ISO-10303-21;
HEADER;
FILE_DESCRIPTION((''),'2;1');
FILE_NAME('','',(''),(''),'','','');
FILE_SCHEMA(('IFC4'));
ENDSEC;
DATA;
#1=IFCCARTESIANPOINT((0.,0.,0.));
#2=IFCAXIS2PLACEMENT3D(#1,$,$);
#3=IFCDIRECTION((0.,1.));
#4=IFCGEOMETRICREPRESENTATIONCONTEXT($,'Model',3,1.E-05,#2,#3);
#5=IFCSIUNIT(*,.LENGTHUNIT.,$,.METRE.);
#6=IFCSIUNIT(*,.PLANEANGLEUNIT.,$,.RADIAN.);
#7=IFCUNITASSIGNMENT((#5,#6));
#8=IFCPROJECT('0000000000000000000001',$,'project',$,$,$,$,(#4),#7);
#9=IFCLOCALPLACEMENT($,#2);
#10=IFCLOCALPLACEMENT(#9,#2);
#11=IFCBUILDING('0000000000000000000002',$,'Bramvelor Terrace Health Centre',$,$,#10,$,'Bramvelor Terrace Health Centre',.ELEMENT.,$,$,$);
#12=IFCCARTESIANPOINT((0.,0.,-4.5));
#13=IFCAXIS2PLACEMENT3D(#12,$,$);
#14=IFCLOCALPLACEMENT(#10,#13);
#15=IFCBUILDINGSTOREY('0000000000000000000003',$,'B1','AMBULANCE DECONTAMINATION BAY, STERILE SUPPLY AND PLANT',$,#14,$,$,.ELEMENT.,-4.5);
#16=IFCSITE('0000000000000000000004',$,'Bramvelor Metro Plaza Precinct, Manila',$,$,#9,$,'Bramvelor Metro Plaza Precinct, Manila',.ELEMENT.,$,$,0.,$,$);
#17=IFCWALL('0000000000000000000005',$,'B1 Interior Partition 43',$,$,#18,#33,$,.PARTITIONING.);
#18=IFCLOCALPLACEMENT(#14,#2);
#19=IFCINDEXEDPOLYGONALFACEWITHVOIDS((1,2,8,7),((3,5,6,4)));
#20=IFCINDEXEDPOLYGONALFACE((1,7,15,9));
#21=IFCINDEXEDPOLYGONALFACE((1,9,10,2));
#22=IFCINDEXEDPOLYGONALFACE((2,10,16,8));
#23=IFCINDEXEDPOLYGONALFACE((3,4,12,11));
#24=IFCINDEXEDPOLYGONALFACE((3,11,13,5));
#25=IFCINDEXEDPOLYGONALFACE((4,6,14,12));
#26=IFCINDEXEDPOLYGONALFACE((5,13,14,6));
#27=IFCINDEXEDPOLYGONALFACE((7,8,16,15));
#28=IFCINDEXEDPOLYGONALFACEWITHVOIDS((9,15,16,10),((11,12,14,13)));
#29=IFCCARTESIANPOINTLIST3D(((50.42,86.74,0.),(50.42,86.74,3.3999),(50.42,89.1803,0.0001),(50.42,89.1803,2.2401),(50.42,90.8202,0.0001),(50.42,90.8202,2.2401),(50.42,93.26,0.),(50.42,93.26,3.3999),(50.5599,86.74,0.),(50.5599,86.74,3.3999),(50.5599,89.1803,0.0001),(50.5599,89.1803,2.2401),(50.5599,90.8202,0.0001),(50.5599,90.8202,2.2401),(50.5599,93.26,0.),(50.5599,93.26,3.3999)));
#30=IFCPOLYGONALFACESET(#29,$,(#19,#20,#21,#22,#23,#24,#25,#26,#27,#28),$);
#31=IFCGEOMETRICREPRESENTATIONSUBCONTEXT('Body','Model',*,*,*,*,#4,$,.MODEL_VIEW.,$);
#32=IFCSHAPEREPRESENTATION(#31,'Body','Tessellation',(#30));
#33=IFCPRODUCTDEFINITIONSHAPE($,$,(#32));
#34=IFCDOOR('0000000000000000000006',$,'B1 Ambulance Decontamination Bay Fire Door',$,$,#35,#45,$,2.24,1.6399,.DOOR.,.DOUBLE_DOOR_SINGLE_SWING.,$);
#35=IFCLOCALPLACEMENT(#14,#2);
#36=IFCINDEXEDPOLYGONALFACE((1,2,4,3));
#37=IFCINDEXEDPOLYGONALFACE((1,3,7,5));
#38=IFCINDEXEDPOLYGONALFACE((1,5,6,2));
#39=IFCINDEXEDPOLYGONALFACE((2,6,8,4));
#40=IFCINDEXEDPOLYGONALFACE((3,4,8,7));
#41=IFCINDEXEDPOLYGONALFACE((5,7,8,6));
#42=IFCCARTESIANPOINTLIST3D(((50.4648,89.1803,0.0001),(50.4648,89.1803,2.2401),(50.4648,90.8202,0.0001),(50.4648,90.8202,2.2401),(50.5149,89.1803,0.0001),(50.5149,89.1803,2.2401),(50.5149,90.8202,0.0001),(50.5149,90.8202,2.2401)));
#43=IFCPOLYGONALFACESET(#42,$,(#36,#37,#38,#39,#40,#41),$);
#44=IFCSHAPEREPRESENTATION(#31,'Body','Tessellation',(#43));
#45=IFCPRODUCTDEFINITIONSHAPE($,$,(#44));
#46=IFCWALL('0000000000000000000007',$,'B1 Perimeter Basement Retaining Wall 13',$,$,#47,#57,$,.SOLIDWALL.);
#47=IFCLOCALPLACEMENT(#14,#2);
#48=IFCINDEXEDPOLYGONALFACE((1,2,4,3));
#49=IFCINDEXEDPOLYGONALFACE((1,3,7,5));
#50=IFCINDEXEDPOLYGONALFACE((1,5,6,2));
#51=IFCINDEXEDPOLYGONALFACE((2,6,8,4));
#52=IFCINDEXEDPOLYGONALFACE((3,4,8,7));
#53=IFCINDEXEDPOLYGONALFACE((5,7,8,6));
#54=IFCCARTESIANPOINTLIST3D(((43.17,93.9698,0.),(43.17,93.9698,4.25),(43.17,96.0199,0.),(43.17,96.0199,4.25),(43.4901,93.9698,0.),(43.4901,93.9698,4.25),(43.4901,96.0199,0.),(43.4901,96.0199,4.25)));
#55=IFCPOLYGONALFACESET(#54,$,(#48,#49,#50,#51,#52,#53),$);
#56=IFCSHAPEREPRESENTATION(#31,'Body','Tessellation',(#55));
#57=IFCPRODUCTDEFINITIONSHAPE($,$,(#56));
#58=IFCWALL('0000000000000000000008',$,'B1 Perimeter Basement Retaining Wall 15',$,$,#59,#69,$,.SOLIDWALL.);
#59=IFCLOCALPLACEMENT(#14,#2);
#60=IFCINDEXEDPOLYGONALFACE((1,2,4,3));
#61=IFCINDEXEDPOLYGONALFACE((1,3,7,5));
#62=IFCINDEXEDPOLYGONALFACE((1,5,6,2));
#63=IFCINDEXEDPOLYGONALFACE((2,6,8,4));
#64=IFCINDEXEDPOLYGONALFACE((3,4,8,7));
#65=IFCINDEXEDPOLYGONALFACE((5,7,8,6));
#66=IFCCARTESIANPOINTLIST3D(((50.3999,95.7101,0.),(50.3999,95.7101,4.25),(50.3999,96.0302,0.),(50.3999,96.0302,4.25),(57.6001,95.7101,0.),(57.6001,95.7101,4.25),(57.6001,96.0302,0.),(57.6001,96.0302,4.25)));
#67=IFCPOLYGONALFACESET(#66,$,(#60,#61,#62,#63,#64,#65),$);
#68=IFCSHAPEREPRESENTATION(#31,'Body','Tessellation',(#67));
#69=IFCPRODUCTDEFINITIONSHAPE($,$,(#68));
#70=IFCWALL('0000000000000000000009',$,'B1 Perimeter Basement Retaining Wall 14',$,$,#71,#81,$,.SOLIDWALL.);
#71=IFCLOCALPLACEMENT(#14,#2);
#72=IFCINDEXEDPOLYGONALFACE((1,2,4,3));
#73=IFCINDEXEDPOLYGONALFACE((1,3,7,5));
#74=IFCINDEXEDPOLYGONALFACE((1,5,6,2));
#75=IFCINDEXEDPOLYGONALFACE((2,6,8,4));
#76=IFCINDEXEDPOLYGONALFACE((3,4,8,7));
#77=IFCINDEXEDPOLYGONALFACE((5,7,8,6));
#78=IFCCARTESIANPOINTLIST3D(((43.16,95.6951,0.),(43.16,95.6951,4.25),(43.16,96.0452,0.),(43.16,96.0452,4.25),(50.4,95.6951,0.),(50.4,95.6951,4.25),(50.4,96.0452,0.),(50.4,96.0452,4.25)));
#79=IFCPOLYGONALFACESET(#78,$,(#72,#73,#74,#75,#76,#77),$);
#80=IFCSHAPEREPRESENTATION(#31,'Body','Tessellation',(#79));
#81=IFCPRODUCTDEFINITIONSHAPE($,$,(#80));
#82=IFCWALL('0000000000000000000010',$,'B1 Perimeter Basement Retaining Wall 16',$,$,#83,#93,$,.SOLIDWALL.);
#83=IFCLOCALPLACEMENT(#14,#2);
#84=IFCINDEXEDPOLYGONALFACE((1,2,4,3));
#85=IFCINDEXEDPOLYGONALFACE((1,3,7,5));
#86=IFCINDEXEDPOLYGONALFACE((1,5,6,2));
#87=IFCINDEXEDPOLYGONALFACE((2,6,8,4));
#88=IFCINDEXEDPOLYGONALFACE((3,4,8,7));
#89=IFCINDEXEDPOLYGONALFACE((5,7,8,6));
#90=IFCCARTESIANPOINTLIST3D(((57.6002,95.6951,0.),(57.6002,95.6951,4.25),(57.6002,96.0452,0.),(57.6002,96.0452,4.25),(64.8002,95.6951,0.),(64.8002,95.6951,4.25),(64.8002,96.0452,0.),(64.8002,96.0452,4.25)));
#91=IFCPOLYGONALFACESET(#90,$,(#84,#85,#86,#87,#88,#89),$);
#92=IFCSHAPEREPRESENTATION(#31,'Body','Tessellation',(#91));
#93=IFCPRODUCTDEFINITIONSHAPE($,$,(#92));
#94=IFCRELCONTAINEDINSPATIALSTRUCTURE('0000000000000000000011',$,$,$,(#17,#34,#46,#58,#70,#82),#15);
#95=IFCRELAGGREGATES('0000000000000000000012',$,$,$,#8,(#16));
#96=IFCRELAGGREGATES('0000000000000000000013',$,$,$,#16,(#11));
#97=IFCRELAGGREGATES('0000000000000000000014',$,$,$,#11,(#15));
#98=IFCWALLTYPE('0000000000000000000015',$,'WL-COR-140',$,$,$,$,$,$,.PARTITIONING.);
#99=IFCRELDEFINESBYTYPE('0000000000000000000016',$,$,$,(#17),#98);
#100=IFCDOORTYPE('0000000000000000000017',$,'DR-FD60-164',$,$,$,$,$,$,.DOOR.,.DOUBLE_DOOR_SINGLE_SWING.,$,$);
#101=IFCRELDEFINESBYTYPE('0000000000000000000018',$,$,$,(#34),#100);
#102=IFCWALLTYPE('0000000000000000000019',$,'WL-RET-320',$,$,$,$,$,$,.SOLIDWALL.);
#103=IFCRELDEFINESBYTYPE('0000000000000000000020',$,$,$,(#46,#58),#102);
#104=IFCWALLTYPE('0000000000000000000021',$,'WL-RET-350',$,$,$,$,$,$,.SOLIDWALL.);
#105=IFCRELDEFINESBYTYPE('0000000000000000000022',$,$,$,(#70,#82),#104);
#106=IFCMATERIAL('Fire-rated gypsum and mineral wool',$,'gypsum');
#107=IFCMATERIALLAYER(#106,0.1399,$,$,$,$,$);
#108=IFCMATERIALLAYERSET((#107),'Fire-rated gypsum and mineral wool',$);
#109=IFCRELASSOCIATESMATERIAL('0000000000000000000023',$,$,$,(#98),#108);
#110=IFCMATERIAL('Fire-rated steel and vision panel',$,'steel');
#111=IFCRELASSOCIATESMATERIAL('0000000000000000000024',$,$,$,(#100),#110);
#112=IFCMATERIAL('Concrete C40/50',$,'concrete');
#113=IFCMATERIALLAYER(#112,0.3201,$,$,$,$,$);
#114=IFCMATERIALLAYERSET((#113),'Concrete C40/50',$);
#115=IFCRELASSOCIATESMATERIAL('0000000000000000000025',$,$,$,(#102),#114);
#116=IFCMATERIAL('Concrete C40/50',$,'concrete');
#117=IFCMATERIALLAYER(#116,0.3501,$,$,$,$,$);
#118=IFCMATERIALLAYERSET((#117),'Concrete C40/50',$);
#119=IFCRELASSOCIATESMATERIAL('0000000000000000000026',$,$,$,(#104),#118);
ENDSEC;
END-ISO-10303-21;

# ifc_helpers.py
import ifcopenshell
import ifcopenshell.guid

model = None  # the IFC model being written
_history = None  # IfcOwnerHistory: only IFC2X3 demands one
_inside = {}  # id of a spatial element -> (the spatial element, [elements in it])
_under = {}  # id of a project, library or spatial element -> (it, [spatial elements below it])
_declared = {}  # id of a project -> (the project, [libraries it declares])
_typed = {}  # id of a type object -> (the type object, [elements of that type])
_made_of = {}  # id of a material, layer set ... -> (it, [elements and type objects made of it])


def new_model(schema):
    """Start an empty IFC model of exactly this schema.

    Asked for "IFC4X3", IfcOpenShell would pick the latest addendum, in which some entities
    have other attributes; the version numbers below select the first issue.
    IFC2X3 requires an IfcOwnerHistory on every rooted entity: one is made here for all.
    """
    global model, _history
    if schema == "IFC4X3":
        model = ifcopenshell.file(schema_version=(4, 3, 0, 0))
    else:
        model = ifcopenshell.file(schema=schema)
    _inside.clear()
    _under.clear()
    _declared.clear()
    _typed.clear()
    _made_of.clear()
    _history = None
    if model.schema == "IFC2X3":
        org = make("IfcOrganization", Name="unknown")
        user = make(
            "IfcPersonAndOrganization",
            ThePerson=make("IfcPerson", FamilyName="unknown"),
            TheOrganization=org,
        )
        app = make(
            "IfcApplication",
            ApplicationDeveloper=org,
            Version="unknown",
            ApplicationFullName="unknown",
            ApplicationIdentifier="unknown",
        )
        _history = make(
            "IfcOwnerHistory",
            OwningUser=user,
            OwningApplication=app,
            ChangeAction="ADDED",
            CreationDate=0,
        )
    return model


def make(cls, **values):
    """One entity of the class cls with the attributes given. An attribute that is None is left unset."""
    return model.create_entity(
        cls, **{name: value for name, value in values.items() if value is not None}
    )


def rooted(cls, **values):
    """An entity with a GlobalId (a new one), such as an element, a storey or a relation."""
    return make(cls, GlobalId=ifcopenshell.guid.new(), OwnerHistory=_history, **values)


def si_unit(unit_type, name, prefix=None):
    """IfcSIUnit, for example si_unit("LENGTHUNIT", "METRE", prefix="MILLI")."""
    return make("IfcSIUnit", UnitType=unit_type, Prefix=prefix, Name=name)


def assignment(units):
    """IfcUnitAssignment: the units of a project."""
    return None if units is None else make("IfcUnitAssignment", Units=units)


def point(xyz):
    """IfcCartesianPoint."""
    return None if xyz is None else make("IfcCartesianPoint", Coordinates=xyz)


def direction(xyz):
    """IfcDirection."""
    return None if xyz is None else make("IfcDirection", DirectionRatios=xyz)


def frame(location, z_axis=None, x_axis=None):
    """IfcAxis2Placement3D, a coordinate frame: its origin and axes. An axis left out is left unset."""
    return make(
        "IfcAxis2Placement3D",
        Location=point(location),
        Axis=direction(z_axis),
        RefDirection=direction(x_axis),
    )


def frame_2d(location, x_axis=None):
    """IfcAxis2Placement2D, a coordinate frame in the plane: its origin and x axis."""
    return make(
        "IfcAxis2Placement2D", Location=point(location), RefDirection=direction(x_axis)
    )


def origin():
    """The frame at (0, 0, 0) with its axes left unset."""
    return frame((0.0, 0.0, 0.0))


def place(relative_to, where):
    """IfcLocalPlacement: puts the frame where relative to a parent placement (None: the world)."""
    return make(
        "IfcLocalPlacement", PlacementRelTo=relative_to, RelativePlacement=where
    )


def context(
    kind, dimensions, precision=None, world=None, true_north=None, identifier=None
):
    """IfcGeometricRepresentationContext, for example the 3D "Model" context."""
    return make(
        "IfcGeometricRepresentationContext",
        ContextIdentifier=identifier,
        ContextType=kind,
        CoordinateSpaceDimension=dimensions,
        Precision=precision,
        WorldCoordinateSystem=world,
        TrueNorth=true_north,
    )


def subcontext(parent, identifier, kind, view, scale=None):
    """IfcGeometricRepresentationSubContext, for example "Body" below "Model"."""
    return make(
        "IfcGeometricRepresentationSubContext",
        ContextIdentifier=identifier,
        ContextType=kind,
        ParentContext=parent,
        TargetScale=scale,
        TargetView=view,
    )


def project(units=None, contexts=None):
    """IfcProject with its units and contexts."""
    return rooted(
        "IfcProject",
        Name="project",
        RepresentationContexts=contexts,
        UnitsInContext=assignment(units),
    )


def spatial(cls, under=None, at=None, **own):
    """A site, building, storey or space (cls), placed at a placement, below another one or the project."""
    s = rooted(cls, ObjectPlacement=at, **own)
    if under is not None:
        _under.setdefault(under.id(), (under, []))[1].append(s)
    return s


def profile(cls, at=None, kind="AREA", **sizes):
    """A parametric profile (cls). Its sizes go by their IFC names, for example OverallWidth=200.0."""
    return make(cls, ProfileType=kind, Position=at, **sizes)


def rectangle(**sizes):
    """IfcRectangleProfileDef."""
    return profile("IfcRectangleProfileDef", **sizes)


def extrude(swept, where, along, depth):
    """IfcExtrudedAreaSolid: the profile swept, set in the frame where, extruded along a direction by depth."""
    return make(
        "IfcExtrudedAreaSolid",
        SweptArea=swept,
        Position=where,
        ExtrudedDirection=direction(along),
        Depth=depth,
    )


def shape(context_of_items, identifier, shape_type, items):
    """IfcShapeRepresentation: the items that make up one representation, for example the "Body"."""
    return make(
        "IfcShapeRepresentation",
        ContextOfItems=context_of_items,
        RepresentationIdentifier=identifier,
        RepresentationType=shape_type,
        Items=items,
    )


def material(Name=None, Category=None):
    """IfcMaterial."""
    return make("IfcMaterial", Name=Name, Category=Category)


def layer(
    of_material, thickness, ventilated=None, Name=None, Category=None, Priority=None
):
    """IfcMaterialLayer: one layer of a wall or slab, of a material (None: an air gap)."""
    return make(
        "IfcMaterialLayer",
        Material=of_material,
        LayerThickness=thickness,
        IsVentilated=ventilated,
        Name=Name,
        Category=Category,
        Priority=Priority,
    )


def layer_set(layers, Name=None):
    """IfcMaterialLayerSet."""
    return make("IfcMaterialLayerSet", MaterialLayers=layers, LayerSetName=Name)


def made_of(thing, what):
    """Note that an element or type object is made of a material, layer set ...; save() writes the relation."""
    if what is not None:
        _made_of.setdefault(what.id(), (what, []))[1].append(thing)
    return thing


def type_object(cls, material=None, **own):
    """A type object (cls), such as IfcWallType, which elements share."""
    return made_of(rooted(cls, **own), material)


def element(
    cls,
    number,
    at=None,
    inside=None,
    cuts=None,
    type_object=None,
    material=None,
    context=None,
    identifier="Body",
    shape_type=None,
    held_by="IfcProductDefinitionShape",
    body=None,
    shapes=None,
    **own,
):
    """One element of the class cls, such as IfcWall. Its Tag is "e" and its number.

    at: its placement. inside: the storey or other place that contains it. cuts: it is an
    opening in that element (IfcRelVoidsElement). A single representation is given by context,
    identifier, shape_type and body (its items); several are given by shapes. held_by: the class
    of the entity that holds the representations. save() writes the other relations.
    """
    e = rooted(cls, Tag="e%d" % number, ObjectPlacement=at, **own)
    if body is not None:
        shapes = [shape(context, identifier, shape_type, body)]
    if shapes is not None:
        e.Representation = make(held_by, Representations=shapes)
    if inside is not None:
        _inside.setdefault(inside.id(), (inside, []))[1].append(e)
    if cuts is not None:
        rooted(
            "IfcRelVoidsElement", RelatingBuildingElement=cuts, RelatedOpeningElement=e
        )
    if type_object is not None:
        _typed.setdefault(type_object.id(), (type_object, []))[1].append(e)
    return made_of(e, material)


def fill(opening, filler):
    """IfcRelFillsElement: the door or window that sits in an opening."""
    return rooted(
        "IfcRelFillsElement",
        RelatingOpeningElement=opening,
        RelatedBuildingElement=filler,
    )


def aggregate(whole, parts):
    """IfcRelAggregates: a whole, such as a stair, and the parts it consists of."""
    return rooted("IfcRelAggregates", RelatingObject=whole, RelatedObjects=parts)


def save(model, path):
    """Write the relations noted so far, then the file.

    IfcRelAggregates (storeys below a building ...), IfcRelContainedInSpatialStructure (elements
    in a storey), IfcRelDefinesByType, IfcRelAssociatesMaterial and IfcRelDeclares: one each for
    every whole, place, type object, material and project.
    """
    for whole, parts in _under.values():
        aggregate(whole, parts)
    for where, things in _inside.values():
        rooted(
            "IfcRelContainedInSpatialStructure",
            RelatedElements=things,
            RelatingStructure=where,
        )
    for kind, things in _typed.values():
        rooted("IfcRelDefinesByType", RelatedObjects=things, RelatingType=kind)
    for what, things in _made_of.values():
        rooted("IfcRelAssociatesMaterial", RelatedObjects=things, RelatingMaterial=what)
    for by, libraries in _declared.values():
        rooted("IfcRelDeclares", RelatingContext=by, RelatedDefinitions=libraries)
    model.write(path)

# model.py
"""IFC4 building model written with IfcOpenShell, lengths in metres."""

from ifc_helpers import new_model, si_unit, direction, frame, frame_2d, origin, place, context, subcontext, project, spatial, rectangle, extrude, material, layer, layer_set, type_object, element, fill, save


model = new_model("IFC4")

# Units and contexts
model_context = context("Model", 3, precision=1e-05, world=origin(), true_north=direction((0.0, 1.0)))
body_context = subcontext(model_context, "Body", "Model", "MODEL_VIEW")
ifc_project = project(units=[si_unit("LENGTHUNIT", "METRE"), si_unit("PLANEANGLEUNIT", "RADIAN")], contexts=[model_context])

# Site, building, storey
site_placement = place(None, origin())
site = spatial("IfcSite", under=ifc_project, at=site_placement, Name="Bramvelor Metro Plaza Precinct, Manila", LongName="Bramvelor Metro Plaza Precinct, Manila", CompositionType="ELEMENT", RefElevation=0.0)
building_placement = place(site_placement, origin())
building = spatial("IfcBuilding", under=site, at=building_placement, Name="Bramvelor Terrace Health Centre", LongName="Bramvelor Terrace Health Centre", CompositionType="ELEMENT")
storey_placement = place(building_placement, frame((0.0, 0.0, -4.5)))
storey = spatial("IfcBuildingStorey", under=building, at=storey_placement, Name="B1", Description="AMBULANCE DECONTAMINATION BAY, STERILE SUPPLY AND PLANT", CompositionType="ELEMENT", Elevation=-4.5)

# Shared definitions
ifc_material_1 = material(Name="Fire-rated gypsum and mineral wool", Category="gypsum")
ifc_layer_1 = layer(ifc_material_1, 0.1399)
ifc_layer_set_1 = layer_set([ifc_layer_1], Name="Fire-rated gypsum and mineral wool")
wall_type_1 = type_object("IfcWallType", Name="WL-COR-140", PredefinedType="PARTITIONING", material=ifc_layer_set_1)

# Wall, opening, door
wall_1_placement = place(storey_placement, frame((50.49, 93.26, 0.0), z_axis=(0.0, 0.0, 1.0), x_axis=(0.0, -1.0, 0.0)))
wall_1 = element("IfcWall", 1, at=wall_1_placement, inside=storey, type_object=wall_type_1, Name="B1 Interior Partition 43", PredefinedType="PARTITIONING", context=body_context, shape_type="SweptSolid", body=[
    extrude(rectangle(XDim=6.52, YDim=0.1399, at=frame_2d((3.26, 0.0))), origin(), (0.0, 0.0, 1.0), 3.3999),
])
opening_placement = place(wall_1_placement, frame((2.4399, 0.0, 0.0)))
opening = element("IfcOpeningElement", 2, at=opening_placement, cuts=wall_1, PredefinedType="OPENING", context=body_context, shape_type="SweptSolid", body=[
    extrude(rectangle(XDim=1.6399, YDim=2.24, at=frame_2d((0.8198, 1.1201))), frame((0.0, 0.0798, 0.0), z_axis=(0.0, -1.0, 0.0), x_axis=(1.0, 0.0, 0.0)), (0.0, 0.0, 1.0), 0.1599),
])
ifc_material_2 = material(Name="Fire-rated steel and vision panel", Category="steel")
door_type = type_object("IfcDoorType", Name="DR-FD60-164", OperationType="DOUBLE_DOOR_SINGLE_SWING", PredefinedType="DOOR", material=ifc_material_2)
door_placement = place(opening_placement, origin())
door = element("IfcDoor", 3, at=door_placement, inside=storey, type_object=door_type, Name="B1 Ambulance Decontamination Bay Fire Door", OperationType="DOUBLE_DOOR_SINGLE_SWING", OverallHeight=2.24, OverallWidth=1.6399, PredefinedType="DOOR", context=body_context, shape_type="SweptSolid", body=[
    extrude(rectangle(XDim=1.6399, YDim=2.24, at=frame_2d((0.8198, 1.1201))), frame((0.0, 0.0249, 0.0), z_axis=(0.0, -1.0, 0.0), x_axis=(1.0, 0.0, 0.0)), (0.0, 0.0, 1.0), 0.05),
])
fill(opening, door)

# Walls
ifc_material_3 = material(Name="Concrete C40/50", Category="concrete")
ifc_layer_2 = layer(ifc_material_3, 0.3201)
ifc_layer_set_2 = layer_set([ifc_layer_2], Name="Concrete C40/50")
wall_type_2 = type_object("IfcWallType", Name="WL-RET-320", PredefinedType="SOLIDWALL", material=ifc_layer_set_2)
wall_2_placement = place(storey_placement, frame((43.3301, 93.97, 0.0), z_axis=(0.0, 0.0, 1.0), x_axis=(0.0, 1.0, 0.0)))
element("IfcWall", 4, at=wall_2_placement, inside=storey, type_object=wall_type_2, Name="B1 Perimeter Basement Retaining Wall 13", PredefinedType="SOLIDWALL", context=body_context, shape_type="SweptSolid", body=[
    extrude(rectangle(XDim=2.05, YDim=0.3201, at=frame_2d((1.0249, 0.0))), origin(), (0.0, 0.0, 1.0), 4.25),
])
wall_3_placement = place(storey_placement, frame((50.3999, 95.8701, 0.0), z_axis=(0.0, 0.0, 1.0), x_axis=(1.0, 0.0, 0.0)))
element("IfcWall", 5, at=wall_3_placement, inside=storey, type_object=wall_type_2, Name="B1 Perimeter Basement Retaining Wall 15", PredefinedType="SOLIDWALL", context=body_context, shape_type="SweptSolid", body=[
    extrude(rectangle(XDim=7.2002, YDim=0.3201, at=frame_2d((3.6001, 0.0))), origin(), (0.0, 0.0, 1.0), 4.25),
])
ifc_material_4 = material(Name="Concrete C40/50", Category="concrete")
ifc_layer_3 = layer(ifc_material_4, 0.3501)
ifc_layer_set_3 = layer_set([ifc_layer_3], Name="Concrete C40/50")
wall_type_3 = type_object("IfcWallType", Name="WL-RET-350", PredefinedType="SOLIDWALL", material=ifc_layer_set_3)
wall_4_placement = place(storey_placement, frame((43.1599, 95.8701, 0.0), z_axis=(0.0, 0.0, 1.0), x_axis=(1.0, 0.0, 0.0)))
element("IfcWall", 6, at=wall_4_placement, inside=storey, type_object=wall_type_3, Name="B1 Perimeter Basement Retaining Wall 14", PredefinedType="SOLIDWALL", context=body_context, shape_type="SweptSolid", body=[
    extrude(rectangle(XDim=7.24, YDim=0.3501, at=frame_2d((3.6201, 0.0))), origin(), (0.0, 0.0, 1.0), 4.25),
])
wall_5_placement = place(storey_placement, frame((57.6001, 95.8701, 0.0), z_axis=(0.0, 0.0, 1.0), x_axis=(1.0, 0.0, 0.0)))
element("IfcWall", 7, at=wall_5_placement, inside=storey, type_object=wall_type_3, Name="B1 Perimeter Basement Retaining Wall 16", PredefinedType="SOLIDWALL", context=body_context, shape_type="SweptSolid", body=[
    extrude(rectangle(XDim=7.2, YDim=0.3501, at=frame_2d((3.6001, 0.0))), origin(), (0.0, 0.0, 1.0), 4.25),
])

save(model, "model.ifc")
